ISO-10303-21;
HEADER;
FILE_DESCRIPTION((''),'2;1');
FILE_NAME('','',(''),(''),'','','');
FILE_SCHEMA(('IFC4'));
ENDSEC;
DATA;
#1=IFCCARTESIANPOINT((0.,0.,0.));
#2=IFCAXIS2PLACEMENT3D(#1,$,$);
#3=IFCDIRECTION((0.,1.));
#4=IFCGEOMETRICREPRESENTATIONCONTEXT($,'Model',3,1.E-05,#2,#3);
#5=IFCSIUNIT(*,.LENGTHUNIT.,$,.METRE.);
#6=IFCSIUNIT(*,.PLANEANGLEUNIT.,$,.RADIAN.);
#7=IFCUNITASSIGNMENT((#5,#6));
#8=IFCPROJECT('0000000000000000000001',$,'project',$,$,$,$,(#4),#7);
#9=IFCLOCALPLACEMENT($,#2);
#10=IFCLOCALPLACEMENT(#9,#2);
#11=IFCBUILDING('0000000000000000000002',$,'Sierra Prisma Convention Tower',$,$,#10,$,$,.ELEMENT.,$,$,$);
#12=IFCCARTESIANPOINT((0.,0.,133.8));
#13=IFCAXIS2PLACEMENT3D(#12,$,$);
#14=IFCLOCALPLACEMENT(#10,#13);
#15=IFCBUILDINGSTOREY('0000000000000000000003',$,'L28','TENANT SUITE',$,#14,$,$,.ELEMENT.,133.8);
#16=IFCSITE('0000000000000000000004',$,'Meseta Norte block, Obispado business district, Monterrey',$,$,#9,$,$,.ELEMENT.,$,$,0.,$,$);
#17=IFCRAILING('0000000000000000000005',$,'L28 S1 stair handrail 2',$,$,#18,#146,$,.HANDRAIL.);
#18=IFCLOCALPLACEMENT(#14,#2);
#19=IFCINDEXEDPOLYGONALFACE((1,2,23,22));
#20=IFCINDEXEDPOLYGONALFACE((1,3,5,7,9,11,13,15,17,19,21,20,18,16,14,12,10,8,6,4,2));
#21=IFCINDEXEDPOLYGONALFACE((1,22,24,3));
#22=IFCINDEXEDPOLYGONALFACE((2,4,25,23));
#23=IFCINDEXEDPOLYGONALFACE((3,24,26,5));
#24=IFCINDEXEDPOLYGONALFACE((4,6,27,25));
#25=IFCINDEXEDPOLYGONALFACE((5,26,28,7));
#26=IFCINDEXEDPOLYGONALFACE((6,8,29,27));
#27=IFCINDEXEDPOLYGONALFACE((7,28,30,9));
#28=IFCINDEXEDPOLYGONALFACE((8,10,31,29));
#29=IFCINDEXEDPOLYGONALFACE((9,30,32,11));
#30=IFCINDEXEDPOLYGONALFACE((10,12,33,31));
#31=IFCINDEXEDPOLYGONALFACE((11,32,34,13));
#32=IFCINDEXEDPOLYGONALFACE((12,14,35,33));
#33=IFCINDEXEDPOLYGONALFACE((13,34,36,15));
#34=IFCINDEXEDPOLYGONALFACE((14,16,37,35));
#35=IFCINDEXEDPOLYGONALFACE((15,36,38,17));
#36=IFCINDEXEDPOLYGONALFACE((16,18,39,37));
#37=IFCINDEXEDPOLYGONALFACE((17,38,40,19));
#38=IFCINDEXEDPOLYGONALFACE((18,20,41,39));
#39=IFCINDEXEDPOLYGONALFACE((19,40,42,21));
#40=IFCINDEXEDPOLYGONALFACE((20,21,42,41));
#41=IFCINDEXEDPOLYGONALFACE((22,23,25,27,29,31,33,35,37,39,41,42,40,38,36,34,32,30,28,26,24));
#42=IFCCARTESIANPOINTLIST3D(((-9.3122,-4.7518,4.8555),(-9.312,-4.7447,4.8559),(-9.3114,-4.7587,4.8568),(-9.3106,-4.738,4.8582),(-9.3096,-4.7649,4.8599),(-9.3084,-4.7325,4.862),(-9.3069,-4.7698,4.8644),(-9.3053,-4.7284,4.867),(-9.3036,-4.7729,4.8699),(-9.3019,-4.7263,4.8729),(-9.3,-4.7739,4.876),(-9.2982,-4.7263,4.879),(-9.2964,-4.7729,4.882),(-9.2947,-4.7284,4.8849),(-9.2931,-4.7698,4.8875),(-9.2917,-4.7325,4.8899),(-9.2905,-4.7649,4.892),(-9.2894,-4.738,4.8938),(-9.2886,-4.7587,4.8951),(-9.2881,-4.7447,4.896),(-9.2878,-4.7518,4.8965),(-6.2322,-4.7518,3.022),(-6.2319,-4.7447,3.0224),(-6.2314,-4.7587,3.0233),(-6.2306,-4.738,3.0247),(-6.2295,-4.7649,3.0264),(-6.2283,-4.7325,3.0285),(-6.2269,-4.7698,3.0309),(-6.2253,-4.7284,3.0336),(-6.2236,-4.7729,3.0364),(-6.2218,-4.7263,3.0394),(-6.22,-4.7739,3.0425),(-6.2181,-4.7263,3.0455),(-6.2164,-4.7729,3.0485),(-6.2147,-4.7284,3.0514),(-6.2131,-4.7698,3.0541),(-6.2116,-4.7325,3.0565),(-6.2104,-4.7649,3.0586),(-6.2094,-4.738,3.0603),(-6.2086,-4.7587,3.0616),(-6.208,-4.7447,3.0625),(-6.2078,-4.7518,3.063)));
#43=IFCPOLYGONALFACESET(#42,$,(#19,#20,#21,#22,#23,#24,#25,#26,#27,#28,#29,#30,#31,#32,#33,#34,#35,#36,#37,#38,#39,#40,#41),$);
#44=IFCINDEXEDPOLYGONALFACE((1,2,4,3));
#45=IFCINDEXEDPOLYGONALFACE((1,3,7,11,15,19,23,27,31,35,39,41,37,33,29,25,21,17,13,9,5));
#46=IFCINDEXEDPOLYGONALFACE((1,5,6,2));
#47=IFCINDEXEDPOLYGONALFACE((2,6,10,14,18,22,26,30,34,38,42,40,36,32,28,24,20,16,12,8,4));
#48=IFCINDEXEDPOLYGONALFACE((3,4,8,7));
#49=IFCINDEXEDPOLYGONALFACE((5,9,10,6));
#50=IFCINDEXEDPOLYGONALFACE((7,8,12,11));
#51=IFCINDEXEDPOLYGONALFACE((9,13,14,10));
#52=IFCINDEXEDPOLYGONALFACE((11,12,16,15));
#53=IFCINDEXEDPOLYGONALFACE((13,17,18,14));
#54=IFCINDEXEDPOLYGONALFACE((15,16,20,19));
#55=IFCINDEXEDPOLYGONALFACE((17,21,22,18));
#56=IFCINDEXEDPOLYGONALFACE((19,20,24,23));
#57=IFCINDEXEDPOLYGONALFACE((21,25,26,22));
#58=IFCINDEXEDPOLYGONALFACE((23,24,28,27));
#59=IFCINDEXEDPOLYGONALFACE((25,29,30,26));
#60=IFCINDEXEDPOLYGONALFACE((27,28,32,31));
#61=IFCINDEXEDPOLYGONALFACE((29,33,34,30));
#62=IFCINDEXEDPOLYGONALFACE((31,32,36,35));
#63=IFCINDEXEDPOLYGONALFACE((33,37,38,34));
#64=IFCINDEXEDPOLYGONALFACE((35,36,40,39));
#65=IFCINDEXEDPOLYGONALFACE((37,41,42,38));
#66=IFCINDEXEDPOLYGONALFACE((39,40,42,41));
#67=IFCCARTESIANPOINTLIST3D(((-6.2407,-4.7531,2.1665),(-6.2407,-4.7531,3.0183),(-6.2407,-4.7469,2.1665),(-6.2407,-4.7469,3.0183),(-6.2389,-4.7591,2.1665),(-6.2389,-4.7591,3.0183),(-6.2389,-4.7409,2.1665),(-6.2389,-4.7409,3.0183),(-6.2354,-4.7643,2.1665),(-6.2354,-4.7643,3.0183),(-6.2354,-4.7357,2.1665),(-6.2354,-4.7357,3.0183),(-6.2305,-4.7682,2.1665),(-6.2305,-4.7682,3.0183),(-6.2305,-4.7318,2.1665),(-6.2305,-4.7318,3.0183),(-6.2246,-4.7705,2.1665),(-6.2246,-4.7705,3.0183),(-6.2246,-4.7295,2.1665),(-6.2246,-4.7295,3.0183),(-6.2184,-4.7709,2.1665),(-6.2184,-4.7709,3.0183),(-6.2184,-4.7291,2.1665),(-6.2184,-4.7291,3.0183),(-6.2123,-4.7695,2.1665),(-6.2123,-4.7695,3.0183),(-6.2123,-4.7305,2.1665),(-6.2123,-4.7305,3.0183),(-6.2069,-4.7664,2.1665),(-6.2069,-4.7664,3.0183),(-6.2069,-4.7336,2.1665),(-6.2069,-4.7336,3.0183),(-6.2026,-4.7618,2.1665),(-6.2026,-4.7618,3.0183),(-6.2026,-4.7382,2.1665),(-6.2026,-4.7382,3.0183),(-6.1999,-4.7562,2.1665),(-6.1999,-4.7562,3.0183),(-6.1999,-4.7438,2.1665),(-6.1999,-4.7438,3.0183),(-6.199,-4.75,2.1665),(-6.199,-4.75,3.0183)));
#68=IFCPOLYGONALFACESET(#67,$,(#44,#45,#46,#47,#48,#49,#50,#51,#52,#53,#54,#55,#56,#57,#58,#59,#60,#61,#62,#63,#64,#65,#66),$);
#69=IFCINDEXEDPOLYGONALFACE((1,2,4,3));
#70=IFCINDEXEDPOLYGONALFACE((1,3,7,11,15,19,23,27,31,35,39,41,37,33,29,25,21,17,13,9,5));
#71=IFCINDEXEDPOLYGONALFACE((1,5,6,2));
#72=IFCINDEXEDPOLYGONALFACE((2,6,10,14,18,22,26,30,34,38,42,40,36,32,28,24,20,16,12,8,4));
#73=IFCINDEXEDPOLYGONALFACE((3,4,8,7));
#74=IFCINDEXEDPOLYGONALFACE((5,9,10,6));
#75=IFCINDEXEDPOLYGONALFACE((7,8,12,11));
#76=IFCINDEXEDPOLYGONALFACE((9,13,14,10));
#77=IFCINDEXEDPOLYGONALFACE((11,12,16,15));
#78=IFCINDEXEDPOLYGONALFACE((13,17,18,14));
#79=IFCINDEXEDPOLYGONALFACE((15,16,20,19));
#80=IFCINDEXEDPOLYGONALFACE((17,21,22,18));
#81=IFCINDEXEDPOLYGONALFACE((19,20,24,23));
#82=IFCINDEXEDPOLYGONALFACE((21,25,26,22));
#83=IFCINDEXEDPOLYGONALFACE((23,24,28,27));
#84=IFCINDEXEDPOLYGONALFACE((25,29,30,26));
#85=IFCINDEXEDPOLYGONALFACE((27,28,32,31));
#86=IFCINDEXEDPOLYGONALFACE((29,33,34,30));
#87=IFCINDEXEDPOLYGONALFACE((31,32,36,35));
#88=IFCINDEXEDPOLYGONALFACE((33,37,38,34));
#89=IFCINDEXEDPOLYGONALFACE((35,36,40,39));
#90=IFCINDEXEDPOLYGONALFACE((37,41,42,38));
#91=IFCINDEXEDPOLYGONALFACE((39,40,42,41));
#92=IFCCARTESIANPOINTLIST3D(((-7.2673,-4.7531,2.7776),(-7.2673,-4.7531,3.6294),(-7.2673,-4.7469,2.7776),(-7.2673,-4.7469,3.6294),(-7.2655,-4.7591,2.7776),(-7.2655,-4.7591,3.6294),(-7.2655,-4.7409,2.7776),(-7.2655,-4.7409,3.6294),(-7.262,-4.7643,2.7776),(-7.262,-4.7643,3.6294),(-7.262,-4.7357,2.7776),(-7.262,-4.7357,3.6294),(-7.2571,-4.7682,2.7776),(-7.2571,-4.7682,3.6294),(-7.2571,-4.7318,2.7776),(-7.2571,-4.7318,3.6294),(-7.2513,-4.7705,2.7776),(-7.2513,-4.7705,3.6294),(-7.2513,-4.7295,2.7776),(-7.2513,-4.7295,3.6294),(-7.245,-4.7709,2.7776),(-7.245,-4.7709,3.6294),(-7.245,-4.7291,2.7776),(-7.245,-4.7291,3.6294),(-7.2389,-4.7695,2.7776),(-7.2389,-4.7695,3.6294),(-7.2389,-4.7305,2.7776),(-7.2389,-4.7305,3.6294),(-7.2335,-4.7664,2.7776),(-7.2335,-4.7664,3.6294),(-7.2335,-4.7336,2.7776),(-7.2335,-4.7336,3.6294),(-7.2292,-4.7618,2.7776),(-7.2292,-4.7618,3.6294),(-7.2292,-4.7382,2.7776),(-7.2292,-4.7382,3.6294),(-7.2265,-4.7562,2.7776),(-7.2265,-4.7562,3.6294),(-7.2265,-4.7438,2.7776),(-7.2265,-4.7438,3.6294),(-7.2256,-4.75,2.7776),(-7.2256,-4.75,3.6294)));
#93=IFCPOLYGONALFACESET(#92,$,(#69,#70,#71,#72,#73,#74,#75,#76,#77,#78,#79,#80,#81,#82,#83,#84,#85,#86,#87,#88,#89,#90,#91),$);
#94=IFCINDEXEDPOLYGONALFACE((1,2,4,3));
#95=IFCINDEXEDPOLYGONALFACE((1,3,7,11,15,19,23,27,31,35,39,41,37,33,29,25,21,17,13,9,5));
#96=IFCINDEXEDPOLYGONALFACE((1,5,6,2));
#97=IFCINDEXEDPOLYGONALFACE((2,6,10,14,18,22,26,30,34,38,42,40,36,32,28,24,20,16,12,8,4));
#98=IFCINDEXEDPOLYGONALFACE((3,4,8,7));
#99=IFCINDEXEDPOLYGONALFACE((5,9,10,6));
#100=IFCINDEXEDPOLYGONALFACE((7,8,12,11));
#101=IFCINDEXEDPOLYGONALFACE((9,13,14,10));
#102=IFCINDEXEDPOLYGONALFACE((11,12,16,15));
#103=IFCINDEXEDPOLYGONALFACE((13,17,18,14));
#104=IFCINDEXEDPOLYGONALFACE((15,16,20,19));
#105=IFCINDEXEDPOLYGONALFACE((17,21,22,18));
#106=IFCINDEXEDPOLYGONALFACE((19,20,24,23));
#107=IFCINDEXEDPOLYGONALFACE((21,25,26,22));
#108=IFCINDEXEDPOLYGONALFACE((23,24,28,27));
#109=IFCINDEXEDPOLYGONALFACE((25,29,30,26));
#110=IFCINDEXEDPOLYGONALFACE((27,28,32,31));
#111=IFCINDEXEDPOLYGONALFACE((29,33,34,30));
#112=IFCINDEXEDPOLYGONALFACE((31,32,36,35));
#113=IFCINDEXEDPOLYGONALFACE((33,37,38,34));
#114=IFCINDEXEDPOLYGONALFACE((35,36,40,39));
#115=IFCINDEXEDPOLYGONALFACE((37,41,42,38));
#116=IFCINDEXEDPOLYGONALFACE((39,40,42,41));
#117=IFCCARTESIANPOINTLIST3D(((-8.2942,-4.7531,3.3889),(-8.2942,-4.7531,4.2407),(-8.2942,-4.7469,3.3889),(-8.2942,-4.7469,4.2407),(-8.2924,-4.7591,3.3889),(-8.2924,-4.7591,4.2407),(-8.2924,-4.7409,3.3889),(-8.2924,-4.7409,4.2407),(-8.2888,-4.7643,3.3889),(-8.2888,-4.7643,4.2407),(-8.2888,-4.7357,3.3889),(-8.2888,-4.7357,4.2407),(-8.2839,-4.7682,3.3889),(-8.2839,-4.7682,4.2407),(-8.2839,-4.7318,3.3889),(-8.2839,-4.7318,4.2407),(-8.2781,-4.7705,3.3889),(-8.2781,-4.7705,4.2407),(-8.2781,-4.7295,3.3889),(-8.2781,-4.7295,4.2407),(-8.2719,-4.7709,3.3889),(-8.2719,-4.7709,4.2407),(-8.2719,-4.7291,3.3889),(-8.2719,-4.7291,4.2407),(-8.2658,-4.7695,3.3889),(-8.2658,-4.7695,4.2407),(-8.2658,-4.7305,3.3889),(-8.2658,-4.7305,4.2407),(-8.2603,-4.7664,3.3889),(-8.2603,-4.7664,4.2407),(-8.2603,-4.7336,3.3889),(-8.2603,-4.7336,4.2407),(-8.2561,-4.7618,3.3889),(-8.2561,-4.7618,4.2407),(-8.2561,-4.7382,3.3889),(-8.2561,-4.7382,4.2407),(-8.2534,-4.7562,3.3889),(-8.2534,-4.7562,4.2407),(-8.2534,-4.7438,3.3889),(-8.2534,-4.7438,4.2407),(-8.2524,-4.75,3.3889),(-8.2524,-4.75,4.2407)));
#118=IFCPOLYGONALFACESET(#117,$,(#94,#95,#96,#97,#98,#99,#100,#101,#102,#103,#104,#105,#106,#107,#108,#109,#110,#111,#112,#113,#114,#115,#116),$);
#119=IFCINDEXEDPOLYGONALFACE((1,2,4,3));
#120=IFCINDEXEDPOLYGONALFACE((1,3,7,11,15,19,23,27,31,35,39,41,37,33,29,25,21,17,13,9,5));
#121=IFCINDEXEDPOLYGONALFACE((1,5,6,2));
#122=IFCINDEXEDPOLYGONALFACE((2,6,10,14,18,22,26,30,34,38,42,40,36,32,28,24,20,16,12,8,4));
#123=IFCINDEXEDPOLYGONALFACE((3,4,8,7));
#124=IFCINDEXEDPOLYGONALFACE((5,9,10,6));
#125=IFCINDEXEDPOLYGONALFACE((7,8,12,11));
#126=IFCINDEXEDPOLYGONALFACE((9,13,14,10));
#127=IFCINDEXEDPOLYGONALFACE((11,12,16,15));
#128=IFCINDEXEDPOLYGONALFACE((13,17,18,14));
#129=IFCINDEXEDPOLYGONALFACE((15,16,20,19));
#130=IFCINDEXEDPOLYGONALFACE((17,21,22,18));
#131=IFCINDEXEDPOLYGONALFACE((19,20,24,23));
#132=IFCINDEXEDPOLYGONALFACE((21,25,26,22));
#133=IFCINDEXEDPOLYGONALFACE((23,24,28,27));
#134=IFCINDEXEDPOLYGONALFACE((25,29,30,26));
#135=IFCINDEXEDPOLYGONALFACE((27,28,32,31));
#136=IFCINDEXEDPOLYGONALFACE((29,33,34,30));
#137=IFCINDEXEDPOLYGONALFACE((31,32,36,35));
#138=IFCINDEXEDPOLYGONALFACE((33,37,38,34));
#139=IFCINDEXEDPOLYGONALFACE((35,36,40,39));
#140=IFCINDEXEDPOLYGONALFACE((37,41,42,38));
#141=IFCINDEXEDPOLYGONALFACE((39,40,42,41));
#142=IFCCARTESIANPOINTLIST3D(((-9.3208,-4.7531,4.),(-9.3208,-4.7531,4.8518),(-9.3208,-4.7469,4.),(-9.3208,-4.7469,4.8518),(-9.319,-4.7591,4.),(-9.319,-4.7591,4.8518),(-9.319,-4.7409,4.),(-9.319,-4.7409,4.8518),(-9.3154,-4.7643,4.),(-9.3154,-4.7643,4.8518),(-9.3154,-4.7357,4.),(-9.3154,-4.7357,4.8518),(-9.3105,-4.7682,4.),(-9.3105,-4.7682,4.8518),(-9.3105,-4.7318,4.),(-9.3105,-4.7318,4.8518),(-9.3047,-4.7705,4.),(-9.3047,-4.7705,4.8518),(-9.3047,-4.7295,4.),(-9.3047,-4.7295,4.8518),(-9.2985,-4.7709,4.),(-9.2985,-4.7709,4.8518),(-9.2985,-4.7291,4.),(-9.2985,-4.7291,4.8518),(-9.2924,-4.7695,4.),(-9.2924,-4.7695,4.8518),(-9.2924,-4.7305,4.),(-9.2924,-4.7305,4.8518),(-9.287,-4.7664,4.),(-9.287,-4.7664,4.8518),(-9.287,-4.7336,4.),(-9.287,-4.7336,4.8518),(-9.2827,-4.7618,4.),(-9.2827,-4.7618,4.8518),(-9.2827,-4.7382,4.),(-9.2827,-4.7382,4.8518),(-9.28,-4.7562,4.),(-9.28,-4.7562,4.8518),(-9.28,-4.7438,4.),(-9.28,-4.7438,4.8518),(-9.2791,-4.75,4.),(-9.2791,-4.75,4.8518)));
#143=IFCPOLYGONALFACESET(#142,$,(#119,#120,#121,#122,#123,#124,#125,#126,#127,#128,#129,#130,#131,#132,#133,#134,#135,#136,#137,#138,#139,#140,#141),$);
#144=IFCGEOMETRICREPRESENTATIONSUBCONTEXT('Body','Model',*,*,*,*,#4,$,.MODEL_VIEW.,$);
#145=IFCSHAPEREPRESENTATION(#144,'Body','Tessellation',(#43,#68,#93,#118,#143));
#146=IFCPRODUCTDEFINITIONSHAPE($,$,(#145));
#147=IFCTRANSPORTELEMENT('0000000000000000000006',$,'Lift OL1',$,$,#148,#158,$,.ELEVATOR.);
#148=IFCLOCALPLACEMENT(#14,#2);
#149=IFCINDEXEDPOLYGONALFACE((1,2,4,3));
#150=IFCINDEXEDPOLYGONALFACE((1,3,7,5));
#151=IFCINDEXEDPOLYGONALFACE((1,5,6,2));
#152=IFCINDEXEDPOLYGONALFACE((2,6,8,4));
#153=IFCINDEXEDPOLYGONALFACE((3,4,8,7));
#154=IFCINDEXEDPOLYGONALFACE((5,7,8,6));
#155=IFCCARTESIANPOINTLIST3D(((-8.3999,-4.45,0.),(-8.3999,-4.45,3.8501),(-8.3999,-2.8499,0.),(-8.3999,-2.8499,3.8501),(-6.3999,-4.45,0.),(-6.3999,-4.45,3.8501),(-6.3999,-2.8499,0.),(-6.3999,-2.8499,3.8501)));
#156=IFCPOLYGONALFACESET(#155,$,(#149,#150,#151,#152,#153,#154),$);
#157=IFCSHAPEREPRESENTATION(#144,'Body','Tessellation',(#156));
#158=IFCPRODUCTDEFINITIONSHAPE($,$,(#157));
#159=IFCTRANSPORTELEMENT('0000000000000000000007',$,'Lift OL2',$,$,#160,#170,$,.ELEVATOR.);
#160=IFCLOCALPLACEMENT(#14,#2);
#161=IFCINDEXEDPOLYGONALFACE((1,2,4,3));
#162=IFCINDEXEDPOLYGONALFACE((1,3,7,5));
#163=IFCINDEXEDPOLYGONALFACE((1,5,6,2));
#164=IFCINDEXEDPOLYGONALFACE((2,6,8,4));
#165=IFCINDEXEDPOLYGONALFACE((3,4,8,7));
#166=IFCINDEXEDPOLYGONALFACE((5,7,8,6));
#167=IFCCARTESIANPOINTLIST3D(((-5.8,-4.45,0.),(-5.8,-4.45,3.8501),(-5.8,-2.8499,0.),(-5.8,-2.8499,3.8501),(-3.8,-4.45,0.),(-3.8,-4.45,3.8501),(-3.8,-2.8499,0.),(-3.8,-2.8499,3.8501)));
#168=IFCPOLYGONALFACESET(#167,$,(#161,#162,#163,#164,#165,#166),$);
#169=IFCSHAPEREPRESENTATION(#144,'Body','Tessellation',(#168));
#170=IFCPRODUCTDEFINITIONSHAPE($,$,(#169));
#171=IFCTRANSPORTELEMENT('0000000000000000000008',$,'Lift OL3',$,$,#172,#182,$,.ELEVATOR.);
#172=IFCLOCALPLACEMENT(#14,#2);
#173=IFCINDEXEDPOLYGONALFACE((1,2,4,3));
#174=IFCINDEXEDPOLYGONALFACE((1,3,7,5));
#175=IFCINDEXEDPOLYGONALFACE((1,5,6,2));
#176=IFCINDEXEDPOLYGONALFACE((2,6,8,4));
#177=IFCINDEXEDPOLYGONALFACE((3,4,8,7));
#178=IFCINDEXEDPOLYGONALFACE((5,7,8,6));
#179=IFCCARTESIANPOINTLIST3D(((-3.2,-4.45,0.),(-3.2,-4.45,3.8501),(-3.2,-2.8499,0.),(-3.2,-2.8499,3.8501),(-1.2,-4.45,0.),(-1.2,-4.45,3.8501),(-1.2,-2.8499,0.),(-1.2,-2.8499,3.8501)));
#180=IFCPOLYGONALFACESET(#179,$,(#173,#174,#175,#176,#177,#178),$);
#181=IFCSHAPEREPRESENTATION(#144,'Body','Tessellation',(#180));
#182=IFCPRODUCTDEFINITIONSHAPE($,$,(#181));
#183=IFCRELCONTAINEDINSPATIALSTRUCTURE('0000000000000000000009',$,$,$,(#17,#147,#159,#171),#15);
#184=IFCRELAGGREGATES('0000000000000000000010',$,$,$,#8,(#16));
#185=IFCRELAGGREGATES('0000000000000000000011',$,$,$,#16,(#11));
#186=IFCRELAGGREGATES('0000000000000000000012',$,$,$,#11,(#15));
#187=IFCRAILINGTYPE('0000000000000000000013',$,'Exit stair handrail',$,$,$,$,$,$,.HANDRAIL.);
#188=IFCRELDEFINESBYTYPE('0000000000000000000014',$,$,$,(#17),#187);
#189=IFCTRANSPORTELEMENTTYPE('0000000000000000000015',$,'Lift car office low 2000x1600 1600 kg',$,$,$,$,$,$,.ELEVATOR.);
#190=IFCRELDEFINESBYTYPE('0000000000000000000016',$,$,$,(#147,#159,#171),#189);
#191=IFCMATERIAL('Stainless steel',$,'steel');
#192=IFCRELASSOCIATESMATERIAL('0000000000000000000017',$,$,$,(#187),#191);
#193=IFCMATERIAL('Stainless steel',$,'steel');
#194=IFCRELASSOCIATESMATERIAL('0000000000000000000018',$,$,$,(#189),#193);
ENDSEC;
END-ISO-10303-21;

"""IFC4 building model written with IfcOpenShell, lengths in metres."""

from ifc_helpers import new_model, si_unit, direction, frame, origin, origin_2d, place, context, subcontext, project, spatial, rectangle, circle, extrude, material, type_object, element, save


model = new_model("IFC4")

# Units and contexts
model_context = context("Model", 3, precision=1e-05, world=origin(), true_north=direction((0.0, 1.0)))
body_context = subcontext(model_context, "Body", "Model", "MODEL_VIEW")
ifc_project = project(units=[si_unit("LENGTHUNIT", "METRE"), si_unit("PLANEANGLEUNIT", "RADIAN")], contexts=[model_context])

# Site, building, storey
site_placement = place(None, origin())
site = spatial("IfcSite", under=ifc_project, at=site_placement, Name="Meseta Norte block, Obispado business district, Monterrey", CompositionType="ELEMENT", RefElevation=0.0)
building_placement = place(site_placement, origin())
building = spatial("IfcBuilding", under=site, at=building_placement, Name="Sierra Prisma Convention Tower", CompositionType="ELEMENT")
storey_placement = place(building_placement, frame((0.0, 0.0, 133.8)))
storey = spatial("IfcBuildingStorey", under=building, at=storey_placement, Name="L28", Description="TENANT SUITE", CompositionType="ELEMENT", Elevation=133.8)

# Railing
ifc_material_1 = material(Name="Stainless steel", Category="steel")
railing_type = type_object("IfcRailingType", Name="Exit stair handrail", PredefinedType="HANDRAIL", material=ifc_material_1)
railing_placement = place(storey_placement, frame((-6.22, -4.75, 2.1665)))
element("IfcRailing", 1, at=railing_placement, inside=storey, type_object=railing_type, Name="L28 S1 stair handrail 2", PredefinedType="HANDRAIL", context=body_context, shape_type="SweptSolid", body=[
    extrude(circle(Radius=0.0239, at=origin_2d()), frame((0.0, 0.0, 0.876), z_axis=(-0.859279, 0.0, 0.511508), x_axis=(0.0, -1.0, 0.0)), (0.0, 0.0, 1.0), 3.5845),
    extrude(circle(Radius=0.021, at=origin_2d()), origin(), (0.0, 0.0, 1.0), 0.8518),
    extrude(circle(Radius=0.021, at=origin_2d()), frame((-1.0266, 0.0, 0.6111)), (0.0, 0.0, 1.0), 0.8518),
    extrude(circle(Radius=0.021, at=origin_2d()), frame((-2.0535, 0.0, 1.2224)), (0.0, 0.0, 1.0), 0.8518),
    extrude(circle(Radius=0.021, at=origin_2d()), frame((-3.0801, 0.0, 1.8335)), (0.0, 0.0, 1.0), 0.8518),
])

# Transport elements
ifc_material_2 = material(Name="Stainless steel", Category="steel")
transport_element_type = type_object("IfcTransportElementType", Name="Lift car office low 2000x1600 1600 kg", PredefinedType="ELEVATOR", material=ifc_material_2)
for number, where, z_axis, x_axis, name in (
    (2, (-7.3999, -3.6499, 0.0), (0.0, 0.0, 1.0), (1.0, 0.0, 0.0), "Lift OL1"),
    (3, (-4.8, -3.6499, 0.0), (0.0, 0.0, 1.0), (1.0, 0.0, 0.0), "Lift OL2"),
    (4, (-2.2, -3.6499, 0.0), (0.0, 0.0, 1.0), (1.0, 0.0, 0.0), "Lift OL3"),
):
    element("IfcTransportElement", number, at=place(storey_placement, frame(where, z_axis=z_axis, x_axis=x_axis)), inside=storey, type_object=transport_element_type, Name=name, PredefinedType="ELEVATOR", context=body_context, shape_type="SweptSolid", body=[
        extrude(rectangle(XDim=2.0, YDim=1.6001, at=origin_2d()), origin(), (0.0, 0.0, 1.0), 3.8501),
    ])

save(model, "model.ifc")
